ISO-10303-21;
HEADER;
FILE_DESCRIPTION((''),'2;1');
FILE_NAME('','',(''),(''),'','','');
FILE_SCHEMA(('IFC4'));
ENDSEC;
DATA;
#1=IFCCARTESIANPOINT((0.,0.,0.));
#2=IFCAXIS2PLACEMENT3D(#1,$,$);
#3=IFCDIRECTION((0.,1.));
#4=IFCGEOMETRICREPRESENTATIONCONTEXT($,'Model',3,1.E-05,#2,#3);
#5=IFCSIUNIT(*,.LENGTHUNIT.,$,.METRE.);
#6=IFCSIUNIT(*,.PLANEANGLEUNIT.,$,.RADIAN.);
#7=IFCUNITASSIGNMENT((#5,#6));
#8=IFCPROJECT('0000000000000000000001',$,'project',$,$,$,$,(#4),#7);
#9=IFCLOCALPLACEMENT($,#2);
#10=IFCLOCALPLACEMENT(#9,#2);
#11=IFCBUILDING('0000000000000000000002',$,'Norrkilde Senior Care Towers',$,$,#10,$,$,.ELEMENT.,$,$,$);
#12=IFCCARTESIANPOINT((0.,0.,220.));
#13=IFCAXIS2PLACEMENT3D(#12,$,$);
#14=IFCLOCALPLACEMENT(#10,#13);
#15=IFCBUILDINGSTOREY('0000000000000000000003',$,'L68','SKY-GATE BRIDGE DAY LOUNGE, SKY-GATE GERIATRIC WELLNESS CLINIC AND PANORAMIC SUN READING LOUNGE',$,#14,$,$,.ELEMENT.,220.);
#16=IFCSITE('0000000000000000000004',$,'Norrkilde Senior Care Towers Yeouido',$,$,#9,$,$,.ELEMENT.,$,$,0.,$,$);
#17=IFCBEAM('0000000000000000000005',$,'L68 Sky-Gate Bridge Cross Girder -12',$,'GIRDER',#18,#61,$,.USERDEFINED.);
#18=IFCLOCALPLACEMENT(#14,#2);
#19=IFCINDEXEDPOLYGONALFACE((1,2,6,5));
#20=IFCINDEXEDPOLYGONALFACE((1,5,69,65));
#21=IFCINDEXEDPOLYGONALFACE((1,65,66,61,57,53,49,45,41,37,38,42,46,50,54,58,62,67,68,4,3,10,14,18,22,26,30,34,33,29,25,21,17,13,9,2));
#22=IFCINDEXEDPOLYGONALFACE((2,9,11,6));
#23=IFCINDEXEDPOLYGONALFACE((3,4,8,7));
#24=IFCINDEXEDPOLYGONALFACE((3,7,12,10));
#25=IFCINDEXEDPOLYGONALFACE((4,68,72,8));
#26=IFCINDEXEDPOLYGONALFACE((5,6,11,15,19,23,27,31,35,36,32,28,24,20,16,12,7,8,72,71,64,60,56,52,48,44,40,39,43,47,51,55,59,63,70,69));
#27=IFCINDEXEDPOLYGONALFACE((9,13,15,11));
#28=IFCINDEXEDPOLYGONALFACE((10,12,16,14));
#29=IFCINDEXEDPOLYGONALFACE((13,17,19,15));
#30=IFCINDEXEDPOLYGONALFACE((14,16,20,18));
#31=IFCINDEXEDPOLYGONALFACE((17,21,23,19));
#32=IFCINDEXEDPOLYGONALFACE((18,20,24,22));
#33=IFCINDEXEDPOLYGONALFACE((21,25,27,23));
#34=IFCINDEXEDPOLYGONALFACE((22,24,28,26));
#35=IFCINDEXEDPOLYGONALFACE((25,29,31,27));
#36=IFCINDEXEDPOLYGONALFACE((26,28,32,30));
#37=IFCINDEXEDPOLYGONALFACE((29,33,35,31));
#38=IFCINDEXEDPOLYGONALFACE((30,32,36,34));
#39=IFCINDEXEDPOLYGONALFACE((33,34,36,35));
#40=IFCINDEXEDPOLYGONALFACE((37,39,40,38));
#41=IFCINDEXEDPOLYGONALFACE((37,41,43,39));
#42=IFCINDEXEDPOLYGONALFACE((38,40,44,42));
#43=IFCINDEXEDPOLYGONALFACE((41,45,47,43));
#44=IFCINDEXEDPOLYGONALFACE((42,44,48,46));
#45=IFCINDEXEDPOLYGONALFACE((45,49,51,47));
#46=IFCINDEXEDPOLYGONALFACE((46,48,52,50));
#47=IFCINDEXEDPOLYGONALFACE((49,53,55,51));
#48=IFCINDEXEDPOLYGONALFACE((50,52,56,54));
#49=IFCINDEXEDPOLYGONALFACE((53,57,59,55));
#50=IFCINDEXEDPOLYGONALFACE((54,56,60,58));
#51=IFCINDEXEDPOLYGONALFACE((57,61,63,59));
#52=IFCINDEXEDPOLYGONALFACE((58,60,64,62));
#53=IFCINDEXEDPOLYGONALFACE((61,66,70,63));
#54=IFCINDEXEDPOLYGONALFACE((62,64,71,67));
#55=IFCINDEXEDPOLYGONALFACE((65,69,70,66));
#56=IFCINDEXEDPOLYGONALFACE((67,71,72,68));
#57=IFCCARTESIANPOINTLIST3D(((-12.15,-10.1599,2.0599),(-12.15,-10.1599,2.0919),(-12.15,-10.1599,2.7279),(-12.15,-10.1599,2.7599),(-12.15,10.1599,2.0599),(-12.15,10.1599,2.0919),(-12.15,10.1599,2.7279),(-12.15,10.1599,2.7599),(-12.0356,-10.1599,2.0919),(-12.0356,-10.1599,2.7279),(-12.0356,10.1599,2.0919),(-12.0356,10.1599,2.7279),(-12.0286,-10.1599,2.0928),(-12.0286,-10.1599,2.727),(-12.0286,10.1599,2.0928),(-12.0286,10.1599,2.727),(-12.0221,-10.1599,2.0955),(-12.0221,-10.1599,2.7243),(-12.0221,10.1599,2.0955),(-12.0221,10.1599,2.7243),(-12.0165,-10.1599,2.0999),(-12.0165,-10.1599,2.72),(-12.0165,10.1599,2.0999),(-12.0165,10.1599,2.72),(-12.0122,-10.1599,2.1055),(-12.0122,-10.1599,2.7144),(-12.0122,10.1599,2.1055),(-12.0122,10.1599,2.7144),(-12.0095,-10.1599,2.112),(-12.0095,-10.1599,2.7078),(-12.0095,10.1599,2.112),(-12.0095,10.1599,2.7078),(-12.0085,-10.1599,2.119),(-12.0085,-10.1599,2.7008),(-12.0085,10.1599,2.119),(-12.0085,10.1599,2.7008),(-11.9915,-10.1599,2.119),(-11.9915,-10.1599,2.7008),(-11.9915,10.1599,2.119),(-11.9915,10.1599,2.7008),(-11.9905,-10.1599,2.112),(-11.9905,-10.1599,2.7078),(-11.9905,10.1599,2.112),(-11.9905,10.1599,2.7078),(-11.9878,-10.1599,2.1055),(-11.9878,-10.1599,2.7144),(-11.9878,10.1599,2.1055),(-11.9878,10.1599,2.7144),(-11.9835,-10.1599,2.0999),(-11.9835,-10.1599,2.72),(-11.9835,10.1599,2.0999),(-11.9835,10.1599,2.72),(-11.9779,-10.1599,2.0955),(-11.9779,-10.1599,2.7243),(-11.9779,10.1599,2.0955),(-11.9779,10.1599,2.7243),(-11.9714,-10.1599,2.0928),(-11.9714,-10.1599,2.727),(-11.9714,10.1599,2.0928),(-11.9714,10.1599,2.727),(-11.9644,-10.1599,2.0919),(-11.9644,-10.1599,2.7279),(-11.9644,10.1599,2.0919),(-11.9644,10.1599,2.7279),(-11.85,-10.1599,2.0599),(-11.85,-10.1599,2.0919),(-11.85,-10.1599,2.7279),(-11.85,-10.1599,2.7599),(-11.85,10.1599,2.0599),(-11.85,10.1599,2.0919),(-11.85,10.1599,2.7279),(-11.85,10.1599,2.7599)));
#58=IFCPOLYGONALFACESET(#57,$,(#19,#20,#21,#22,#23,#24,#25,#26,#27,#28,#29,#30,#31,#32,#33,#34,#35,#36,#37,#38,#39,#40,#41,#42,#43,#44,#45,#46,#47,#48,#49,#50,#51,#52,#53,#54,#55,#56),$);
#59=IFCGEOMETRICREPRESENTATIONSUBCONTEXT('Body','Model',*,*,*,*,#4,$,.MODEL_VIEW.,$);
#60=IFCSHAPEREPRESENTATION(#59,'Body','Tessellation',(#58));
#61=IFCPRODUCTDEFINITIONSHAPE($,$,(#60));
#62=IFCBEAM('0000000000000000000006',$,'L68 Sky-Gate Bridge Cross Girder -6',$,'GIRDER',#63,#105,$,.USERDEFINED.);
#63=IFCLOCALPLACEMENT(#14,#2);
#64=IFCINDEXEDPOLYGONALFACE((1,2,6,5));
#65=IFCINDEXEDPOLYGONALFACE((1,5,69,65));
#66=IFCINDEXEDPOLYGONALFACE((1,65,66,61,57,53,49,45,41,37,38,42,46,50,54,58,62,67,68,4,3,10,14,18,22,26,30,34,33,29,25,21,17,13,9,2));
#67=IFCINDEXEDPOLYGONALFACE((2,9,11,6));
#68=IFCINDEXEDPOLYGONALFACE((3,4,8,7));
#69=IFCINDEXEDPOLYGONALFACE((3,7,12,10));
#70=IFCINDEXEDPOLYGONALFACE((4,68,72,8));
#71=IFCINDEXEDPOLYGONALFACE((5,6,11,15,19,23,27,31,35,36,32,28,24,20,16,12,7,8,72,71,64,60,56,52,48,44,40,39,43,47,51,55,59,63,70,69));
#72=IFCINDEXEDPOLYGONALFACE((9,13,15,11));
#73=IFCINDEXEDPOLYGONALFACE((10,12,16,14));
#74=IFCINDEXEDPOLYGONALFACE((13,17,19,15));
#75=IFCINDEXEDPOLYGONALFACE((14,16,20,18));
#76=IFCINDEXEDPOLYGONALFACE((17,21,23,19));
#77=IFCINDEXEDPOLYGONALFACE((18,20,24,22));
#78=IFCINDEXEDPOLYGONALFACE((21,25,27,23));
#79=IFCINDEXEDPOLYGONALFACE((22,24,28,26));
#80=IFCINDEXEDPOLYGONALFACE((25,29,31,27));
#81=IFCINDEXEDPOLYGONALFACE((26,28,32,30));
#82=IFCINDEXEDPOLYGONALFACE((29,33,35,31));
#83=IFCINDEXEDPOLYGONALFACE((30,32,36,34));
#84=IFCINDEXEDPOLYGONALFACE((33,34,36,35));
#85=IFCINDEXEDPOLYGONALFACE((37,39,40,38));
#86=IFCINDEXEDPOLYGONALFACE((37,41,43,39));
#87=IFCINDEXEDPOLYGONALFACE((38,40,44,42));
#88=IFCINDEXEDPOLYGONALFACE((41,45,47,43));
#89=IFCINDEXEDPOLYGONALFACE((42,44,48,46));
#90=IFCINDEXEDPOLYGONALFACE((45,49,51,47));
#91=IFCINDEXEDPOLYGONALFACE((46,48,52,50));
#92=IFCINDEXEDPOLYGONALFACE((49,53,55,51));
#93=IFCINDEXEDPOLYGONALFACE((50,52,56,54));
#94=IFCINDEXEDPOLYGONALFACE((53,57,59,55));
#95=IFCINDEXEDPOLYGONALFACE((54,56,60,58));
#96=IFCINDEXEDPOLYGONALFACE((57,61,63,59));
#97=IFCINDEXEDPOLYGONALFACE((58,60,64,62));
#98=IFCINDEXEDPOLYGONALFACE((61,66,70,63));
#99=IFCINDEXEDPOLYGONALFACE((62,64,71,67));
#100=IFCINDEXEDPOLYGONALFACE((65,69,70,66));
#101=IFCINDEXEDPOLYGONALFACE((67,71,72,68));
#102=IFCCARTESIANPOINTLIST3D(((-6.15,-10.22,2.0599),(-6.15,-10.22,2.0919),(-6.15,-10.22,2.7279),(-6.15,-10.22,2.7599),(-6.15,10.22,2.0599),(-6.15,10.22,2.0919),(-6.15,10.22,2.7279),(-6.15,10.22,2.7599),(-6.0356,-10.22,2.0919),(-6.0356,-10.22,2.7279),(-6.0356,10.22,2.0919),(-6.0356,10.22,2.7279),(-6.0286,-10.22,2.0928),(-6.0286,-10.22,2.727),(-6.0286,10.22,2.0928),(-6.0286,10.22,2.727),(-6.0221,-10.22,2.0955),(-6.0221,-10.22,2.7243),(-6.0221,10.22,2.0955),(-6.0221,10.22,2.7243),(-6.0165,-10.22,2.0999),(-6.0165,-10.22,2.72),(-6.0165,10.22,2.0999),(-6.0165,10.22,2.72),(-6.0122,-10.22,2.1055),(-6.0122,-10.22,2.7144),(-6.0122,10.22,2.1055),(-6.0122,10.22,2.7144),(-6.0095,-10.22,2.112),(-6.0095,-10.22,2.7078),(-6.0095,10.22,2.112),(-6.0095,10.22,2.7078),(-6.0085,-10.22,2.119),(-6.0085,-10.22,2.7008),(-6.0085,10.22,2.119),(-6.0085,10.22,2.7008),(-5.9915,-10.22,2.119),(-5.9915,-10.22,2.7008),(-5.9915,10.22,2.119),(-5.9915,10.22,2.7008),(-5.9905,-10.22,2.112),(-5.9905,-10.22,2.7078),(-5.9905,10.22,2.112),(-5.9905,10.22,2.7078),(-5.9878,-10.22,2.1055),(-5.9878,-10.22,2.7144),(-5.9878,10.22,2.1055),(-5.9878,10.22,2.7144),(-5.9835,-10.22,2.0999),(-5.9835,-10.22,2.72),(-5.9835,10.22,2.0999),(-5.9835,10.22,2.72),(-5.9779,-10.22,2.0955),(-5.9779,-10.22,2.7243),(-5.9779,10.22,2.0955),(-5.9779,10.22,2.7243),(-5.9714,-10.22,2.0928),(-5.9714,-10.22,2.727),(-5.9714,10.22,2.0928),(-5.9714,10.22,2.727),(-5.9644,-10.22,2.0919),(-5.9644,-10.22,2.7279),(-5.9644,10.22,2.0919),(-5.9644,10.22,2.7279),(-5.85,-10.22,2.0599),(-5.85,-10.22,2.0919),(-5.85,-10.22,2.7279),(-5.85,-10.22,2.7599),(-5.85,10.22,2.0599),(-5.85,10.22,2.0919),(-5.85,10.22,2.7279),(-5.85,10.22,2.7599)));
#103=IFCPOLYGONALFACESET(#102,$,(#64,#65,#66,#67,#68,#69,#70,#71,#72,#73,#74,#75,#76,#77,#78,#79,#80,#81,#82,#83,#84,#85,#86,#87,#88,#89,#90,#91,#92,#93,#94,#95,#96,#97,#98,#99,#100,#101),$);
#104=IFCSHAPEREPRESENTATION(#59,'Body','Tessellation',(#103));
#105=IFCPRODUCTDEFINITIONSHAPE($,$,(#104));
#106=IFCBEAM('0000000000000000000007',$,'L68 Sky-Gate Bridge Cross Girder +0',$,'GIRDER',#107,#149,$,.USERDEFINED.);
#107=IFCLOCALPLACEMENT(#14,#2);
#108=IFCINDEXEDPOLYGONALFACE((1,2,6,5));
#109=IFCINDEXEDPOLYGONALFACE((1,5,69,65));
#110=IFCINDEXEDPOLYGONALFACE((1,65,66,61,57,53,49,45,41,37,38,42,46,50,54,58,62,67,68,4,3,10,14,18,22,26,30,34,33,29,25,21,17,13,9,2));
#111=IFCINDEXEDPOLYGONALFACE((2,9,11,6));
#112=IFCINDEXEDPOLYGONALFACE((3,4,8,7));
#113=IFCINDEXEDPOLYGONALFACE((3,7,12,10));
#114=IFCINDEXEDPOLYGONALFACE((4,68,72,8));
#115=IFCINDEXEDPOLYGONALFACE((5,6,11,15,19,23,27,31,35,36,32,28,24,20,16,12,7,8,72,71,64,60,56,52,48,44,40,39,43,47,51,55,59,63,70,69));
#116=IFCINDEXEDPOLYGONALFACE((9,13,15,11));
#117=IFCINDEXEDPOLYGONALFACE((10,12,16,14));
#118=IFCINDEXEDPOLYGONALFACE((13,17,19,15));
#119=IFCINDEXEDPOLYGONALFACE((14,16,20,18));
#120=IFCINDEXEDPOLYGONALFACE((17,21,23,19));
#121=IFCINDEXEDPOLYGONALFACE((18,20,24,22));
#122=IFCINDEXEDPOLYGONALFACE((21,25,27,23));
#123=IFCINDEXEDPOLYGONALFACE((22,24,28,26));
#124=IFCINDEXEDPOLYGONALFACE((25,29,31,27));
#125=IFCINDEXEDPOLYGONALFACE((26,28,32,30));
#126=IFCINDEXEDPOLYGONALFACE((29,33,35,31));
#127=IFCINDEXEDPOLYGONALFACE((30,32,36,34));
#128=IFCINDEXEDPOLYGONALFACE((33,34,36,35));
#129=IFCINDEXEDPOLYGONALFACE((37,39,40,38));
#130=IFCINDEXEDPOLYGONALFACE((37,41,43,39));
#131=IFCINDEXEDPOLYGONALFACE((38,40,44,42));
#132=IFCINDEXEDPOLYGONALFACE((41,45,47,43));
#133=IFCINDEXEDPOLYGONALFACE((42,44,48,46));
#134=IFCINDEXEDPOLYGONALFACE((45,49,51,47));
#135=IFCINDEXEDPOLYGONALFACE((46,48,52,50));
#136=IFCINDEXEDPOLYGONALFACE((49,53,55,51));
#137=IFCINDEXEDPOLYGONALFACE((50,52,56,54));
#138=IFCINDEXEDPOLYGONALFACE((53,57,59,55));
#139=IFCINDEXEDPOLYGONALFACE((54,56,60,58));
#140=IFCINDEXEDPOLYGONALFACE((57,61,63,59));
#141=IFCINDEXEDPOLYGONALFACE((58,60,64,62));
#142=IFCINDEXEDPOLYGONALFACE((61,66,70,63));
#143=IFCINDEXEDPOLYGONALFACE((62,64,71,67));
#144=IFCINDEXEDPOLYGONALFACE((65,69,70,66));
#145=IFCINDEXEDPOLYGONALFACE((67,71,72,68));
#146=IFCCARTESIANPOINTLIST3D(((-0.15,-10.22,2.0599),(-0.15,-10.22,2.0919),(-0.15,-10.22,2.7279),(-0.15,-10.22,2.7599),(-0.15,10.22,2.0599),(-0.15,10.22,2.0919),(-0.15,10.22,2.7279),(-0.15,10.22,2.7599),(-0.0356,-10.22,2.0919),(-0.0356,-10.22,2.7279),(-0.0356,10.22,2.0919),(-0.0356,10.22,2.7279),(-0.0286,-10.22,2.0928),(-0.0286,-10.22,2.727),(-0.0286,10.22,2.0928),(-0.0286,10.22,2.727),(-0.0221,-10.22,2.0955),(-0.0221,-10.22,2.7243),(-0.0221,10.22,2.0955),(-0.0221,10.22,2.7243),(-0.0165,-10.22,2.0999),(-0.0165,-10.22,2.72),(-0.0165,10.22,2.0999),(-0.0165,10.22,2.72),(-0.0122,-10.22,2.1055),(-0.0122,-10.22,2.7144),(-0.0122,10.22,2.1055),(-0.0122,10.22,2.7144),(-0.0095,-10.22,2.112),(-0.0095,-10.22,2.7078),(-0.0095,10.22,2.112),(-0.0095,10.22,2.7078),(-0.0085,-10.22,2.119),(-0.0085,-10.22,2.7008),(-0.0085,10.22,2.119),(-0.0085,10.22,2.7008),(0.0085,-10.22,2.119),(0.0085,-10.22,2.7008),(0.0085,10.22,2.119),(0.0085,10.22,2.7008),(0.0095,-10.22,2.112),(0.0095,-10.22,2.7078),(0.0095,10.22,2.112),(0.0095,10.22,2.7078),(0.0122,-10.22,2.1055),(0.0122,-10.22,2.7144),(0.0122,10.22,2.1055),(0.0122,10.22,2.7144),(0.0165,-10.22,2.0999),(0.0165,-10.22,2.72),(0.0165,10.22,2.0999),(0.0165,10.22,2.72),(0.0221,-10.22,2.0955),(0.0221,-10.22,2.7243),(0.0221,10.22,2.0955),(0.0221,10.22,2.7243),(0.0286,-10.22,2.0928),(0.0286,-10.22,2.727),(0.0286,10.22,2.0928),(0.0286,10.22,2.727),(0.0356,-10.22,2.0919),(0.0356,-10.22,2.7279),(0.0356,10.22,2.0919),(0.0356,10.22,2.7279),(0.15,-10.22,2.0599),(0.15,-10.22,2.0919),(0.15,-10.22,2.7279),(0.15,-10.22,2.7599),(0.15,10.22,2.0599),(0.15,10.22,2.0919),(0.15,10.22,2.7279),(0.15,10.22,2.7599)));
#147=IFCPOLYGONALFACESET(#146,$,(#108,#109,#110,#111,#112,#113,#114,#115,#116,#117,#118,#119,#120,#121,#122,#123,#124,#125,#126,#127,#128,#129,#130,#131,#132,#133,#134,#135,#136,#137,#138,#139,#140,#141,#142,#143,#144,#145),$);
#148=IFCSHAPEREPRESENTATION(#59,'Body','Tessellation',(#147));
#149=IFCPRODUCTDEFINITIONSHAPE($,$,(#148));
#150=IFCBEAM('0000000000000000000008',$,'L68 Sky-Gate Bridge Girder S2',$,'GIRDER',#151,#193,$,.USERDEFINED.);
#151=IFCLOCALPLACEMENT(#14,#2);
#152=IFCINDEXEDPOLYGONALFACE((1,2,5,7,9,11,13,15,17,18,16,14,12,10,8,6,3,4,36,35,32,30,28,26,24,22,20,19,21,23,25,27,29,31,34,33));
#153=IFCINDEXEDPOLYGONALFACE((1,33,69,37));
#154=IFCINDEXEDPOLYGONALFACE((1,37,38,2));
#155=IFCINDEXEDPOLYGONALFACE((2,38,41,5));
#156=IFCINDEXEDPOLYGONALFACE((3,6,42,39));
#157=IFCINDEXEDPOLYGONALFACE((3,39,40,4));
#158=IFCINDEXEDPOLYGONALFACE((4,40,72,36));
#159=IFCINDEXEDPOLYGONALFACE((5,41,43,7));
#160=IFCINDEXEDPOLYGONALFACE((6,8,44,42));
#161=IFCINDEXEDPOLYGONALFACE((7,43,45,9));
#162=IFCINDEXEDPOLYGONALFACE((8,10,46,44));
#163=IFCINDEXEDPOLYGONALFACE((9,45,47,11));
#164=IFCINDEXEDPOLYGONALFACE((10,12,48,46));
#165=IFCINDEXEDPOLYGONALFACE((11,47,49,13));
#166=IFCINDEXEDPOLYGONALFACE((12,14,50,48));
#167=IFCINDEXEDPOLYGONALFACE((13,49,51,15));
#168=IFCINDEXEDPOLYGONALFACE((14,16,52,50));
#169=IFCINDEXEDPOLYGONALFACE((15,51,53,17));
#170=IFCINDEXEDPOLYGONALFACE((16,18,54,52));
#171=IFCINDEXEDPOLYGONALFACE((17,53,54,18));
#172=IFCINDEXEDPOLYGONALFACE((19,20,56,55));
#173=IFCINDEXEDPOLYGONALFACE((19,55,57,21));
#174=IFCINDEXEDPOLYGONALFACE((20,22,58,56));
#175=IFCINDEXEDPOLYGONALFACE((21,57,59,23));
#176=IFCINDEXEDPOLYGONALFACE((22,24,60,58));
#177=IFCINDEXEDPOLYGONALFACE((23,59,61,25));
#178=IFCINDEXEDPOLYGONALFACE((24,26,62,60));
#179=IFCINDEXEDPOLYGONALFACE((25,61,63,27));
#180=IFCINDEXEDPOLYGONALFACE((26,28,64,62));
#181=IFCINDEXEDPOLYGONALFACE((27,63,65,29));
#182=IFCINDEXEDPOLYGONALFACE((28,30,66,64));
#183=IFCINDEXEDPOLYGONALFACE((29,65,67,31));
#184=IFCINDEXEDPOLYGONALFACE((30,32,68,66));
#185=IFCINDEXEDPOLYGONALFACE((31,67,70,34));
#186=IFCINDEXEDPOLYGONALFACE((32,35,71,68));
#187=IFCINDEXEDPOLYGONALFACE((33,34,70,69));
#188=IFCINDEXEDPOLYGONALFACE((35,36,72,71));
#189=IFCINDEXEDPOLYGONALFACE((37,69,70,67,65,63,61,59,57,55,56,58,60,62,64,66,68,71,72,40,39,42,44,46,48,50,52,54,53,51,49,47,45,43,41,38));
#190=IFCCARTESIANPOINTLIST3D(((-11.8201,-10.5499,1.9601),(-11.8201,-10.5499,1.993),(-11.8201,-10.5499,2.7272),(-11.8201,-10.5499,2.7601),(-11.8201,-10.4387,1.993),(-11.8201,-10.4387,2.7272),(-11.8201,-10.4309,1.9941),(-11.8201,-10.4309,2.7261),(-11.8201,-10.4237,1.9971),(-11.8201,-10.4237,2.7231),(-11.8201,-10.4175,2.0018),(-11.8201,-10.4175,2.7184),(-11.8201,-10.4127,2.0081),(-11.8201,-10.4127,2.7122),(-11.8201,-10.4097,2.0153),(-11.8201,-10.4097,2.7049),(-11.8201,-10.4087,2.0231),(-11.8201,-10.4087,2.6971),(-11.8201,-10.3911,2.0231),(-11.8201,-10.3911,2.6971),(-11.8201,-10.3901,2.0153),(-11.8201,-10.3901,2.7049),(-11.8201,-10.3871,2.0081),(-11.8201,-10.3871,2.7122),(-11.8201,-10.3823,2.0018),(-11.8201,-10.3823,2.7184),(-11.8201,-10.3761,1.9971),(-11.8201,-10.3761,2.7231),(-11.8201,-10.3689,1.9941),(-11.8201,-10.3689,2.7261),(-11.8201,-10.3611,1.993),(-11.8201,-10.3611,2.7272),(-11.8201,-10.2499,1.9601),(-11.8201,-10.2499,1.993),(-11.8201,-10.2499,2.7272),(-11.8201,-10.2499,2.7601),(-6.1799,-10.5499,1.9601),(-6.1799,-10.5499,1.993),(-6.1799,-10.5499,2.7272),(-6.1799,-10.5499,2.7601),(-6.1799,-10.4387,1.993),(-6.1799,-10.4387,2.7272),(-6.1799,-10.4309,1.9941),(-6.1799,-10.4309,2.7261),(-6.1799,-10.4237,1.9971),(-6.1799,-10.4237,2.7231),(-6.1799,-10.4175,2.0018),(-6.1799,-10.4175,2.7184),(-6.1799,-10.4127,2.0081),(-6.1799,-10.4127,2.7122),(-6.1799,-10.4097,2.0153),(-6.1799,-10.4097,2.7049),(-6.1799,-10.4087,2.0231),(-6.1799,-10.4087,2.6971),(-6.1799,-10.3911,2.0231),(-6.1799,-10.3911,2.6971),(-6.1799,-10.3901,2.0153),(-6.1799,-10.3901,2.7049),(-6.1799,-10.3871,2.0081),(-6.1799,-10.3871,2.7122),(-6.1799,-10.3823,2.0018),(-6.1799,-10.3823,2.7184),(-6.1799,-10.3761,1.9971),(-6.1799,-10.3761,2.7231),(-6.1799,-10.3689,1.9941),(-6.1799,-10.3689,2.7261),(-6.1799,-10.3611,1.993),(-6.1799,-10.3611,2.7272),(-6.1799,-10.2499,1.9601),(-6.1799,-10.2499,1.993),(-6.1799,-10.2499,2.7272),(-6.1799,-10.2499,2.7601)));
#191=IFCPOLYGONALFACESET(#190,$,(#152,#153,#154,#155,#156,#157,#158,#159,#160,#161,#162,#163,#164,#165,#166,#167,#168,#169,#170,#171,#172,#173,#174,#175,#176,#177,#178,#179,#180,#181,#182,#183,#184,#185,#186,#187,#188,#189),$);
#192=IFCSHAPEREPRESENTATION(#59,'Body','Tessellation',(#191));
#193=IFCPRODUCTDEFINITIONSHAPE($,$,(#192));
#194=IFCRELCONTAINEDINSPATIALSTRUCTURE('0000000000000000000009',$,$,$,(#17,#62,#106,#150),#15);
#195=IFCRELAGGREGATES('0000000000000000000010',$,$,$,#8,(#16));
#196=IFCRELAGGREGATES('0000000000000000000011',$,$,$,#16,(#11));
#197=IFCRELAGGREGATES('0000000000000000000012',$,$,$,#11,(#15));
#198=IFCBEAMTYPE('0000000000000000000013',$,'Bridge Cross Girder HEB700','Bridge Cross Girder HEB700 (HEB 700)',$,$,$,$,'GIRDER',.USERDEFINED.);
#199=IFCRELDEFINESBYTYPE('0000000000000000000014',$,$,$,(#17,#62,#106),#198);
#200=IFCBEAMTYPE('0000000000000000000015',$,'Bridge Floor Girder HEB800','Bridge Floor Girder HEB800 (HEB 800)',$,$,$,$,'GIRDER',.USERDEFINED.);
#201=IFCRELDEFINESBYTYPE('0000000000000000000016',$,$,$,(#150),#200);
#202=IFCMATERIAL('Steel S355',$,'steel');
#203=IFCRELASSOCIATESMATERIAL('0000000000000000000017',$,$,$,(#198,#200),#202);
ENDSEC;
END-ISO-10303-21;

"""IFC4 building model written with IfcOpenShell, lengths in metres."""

from ifc_helpers import new_model, si_unit, direction, frame, origin, origin_2d, place, context, subcontext, project, spatial, i_section, extrude, source, transform, mapped, material, material_profile, profile_set, type_object, type_shapes, element, save


model = new_model("IFC4")

# Units and contexts
model_context = context("Model", 3, precision=1e-05, world=origin(), true_north=direction((0.0, 1.0)))
body_context = subcontext(model_context, "Body", "Model", "MODEL_VIEW")
ifc_project = project(units=[si_unit("LENGTHUNIT", "METRE"), si_unit("PLANEANGLEUNIT", "RADIAN")], contexts=[model_context])

# Site, building, storey
site_placement = place(None, origin())
site = spatial("IfcSite", under=ifc_project, at=site_placement, Name="Norrkilde Senior Care Towers Yeouido", CompositionType="ELEMENT", RefElevation=0.0)
building_placement = place(site_placement, origin())
building = spatial("IfcBuilding", under=site, at=building_placement, Name="Norrkilde Senior Care Towers", CompositionType="ELEMENT")
storey_placement = place(building_placement, frame((0.0, 0.0, 220.0)))
storey = spatial("IfcBuildingStorey", under=building, at=storey_placement, Name="L68", Description="SKY-GATE BRIDGE DAY LOUNGE, SKY-GATE GERIATRIC WELLNESS CLINIC AND PANORAMIC SUN READING LOUNGE", CompositionType="ELEMENT", Elevation=220.0)

# Shared definitions
ifc_material_1 = material(Name="Steel S355", Category="steel")

# Beams
ifc_material_profile_1 = material_profile(ifc_material_1, i_section(OverallWidth=0.3, OverallDepth=0.7, WebThickness=0.0171, FlangeThickness=0.032, FilletRadius=0.0271, at=origin_2d()), Name="HEB 700")
ifc_profile_set_1 = profile_set([ifc_material_profile_1], Name="Steel S355")
beam_type_1 = type_object("IfcBeamType", Name="Bridge Cross Girder HEB700", Description="Bridge Cross Girder HEB700 (HEB 700)", ElementType="GIRDER", PredefinedType="USERDEFINED", material=ifc_profile_set_1)
shared_shape_1 = source(origin(), body_context, "Body", "SweptSolid", [
    extrude(i_section(OverallWidth=0.3, OverallDepth=0.7, WebThickness=0.0171, FlangeThickness=0.032, FilletRadius=0.0271, at=origin_2d()), origin(), (0.0, 0.0, 1.0), 20.3198),
])
beam_1_placement = place(storey_placement, frame((-12.0, -10.1599, 2.4099), z_axis=(0.0, 1.0, 0.0), x_axis=(-1.0, 0.0, 0.0)))
element("IfcBeam", 1, at=beam_1_placement, inside=storey, type_object=beam_type_1, Name="L68 Sky-Gate Bridge Cross Girder -12", ObjectType="GIRDER", PredefinedType="USERDEFINED", context=body_context, shape_type="MappedRepresentation", body=[
    mapped(shared_shape_1, transform((0.0, 0.0, 0.0), x_axis=(1.0, 0.0, 0.0), y_axis=(0.0, 1.0, 0.0), z_axis=(0.0, 0.0, 1.0), scale=1.0)),
])
shared_shape_2 = source(origin(), body_context, "Body", "SweptSolid", [
    extrude(i_section(OverallWidth=0.3, OverallDepth=0.7, WebThickness=0.0171, FlangeThickness=0.032, FilletRadius=0.0271, at=origin_2d()), origin(), (0.0, 0.0, 1.0), 20.4399),
])
type_shapes(beam_type_1, [shared_shape_1, shared_shape_2])
for number, where, z_axis, x_axis, name in (
    (2, (-6.0, -10.22, 2.4099), (0.0, 1.0, 0.0), (-1.0, 0.0, 0.0), "L68 Sky-Gate Bridge Cross Girder -6"),
    (3, (0.0, -10.22, 2.4099), (0.0, 1.0, 0.0), (-1.0, 0.0, 0.0), "L68 Sky-Gate Bridge Cross Girder +0"),
):
    element("IfcBeam", number, at=place(storey_placement, frame(where, z_axis=z_axis, x_axis=x_axis)), inside=storey, type_object=beam_type_1, Name=name, ObjectType="GIRDER", PredefinedType="USERDEFINED", context=body_context, shape_type="MappedRepresentation", body=[
        mapped(shared_shape_2, transform((0.0, 0.0, 0.0), x_axis=(1.0, 0.0, 0.0), y_axis=(0.0, 1.0, 0.0), z_axis=(0.0, 0.0, 1.0), scale=1.0)),
    ])
ifc_material_profile_2 = material_profile(ifc_material_1, i_section(OverallWidth=0.3, OverallDepth=0.8, WebThickness=0.0176, FlangeThickness=0.033, FilletRadius=0.03, at=origin_2d()), Name="HEB 800")
ifc_profile_set_2 = profile_set([ifc_material_profile_2], Name="Steel S355")
beam_type_2 = type_object("IfcBeamType", Name="Bridge Floor Girder HEB800", Description="Bridge Floor Girder HEB800 (HEB 800)", ElementType="GIRDER", PredefinedType="USERDEFINED", material=ifc_profile_set_2)
shared_shape_3 = source(origin(), body_context, "Body", "SweptSolid", [
    extrude(i_section(OverallWidth=0.3, OverallDepth=0.8, WebThickness=0.0176, FlangeThickness=0.033, FilletRadius=0.03, at=origin_2d()), origin(), (0.0, 0.0, 1.0), 5.6401),
])
type_shapes(beam_type_2, [shared_shape_3])
for number, where, z_axis, x_axis, name in (
    (4, (-11.8201, -10.3999, 2.3601), (1.0, 0.0, 0.0), (0.0, 1.0, 0.0), "L68 Sky-Gate Bridge Girder S2"),
):
    element("IfcBeam", number, at=place(storey_placement, frame(where, z_axis=z_axis, x_axis=x_axis)), inside=storey, type_object=beam_type_2, Name=name, ObjectType="GIRDER", PredefinedType="USERDEFINED", context=body_context, shape_type="MappedRepresentation", body=[
        mapped(shared_shape_3, transform((0.0, 0.0, 0.0), x_axis=(1.0, 0.0, 0.0), y_axis=(0.0, 1.0, 0.0), z_axis=(0.0, 0.0, 1.0), scale=1.0)),
    ])

save(model, "model.ifc")
